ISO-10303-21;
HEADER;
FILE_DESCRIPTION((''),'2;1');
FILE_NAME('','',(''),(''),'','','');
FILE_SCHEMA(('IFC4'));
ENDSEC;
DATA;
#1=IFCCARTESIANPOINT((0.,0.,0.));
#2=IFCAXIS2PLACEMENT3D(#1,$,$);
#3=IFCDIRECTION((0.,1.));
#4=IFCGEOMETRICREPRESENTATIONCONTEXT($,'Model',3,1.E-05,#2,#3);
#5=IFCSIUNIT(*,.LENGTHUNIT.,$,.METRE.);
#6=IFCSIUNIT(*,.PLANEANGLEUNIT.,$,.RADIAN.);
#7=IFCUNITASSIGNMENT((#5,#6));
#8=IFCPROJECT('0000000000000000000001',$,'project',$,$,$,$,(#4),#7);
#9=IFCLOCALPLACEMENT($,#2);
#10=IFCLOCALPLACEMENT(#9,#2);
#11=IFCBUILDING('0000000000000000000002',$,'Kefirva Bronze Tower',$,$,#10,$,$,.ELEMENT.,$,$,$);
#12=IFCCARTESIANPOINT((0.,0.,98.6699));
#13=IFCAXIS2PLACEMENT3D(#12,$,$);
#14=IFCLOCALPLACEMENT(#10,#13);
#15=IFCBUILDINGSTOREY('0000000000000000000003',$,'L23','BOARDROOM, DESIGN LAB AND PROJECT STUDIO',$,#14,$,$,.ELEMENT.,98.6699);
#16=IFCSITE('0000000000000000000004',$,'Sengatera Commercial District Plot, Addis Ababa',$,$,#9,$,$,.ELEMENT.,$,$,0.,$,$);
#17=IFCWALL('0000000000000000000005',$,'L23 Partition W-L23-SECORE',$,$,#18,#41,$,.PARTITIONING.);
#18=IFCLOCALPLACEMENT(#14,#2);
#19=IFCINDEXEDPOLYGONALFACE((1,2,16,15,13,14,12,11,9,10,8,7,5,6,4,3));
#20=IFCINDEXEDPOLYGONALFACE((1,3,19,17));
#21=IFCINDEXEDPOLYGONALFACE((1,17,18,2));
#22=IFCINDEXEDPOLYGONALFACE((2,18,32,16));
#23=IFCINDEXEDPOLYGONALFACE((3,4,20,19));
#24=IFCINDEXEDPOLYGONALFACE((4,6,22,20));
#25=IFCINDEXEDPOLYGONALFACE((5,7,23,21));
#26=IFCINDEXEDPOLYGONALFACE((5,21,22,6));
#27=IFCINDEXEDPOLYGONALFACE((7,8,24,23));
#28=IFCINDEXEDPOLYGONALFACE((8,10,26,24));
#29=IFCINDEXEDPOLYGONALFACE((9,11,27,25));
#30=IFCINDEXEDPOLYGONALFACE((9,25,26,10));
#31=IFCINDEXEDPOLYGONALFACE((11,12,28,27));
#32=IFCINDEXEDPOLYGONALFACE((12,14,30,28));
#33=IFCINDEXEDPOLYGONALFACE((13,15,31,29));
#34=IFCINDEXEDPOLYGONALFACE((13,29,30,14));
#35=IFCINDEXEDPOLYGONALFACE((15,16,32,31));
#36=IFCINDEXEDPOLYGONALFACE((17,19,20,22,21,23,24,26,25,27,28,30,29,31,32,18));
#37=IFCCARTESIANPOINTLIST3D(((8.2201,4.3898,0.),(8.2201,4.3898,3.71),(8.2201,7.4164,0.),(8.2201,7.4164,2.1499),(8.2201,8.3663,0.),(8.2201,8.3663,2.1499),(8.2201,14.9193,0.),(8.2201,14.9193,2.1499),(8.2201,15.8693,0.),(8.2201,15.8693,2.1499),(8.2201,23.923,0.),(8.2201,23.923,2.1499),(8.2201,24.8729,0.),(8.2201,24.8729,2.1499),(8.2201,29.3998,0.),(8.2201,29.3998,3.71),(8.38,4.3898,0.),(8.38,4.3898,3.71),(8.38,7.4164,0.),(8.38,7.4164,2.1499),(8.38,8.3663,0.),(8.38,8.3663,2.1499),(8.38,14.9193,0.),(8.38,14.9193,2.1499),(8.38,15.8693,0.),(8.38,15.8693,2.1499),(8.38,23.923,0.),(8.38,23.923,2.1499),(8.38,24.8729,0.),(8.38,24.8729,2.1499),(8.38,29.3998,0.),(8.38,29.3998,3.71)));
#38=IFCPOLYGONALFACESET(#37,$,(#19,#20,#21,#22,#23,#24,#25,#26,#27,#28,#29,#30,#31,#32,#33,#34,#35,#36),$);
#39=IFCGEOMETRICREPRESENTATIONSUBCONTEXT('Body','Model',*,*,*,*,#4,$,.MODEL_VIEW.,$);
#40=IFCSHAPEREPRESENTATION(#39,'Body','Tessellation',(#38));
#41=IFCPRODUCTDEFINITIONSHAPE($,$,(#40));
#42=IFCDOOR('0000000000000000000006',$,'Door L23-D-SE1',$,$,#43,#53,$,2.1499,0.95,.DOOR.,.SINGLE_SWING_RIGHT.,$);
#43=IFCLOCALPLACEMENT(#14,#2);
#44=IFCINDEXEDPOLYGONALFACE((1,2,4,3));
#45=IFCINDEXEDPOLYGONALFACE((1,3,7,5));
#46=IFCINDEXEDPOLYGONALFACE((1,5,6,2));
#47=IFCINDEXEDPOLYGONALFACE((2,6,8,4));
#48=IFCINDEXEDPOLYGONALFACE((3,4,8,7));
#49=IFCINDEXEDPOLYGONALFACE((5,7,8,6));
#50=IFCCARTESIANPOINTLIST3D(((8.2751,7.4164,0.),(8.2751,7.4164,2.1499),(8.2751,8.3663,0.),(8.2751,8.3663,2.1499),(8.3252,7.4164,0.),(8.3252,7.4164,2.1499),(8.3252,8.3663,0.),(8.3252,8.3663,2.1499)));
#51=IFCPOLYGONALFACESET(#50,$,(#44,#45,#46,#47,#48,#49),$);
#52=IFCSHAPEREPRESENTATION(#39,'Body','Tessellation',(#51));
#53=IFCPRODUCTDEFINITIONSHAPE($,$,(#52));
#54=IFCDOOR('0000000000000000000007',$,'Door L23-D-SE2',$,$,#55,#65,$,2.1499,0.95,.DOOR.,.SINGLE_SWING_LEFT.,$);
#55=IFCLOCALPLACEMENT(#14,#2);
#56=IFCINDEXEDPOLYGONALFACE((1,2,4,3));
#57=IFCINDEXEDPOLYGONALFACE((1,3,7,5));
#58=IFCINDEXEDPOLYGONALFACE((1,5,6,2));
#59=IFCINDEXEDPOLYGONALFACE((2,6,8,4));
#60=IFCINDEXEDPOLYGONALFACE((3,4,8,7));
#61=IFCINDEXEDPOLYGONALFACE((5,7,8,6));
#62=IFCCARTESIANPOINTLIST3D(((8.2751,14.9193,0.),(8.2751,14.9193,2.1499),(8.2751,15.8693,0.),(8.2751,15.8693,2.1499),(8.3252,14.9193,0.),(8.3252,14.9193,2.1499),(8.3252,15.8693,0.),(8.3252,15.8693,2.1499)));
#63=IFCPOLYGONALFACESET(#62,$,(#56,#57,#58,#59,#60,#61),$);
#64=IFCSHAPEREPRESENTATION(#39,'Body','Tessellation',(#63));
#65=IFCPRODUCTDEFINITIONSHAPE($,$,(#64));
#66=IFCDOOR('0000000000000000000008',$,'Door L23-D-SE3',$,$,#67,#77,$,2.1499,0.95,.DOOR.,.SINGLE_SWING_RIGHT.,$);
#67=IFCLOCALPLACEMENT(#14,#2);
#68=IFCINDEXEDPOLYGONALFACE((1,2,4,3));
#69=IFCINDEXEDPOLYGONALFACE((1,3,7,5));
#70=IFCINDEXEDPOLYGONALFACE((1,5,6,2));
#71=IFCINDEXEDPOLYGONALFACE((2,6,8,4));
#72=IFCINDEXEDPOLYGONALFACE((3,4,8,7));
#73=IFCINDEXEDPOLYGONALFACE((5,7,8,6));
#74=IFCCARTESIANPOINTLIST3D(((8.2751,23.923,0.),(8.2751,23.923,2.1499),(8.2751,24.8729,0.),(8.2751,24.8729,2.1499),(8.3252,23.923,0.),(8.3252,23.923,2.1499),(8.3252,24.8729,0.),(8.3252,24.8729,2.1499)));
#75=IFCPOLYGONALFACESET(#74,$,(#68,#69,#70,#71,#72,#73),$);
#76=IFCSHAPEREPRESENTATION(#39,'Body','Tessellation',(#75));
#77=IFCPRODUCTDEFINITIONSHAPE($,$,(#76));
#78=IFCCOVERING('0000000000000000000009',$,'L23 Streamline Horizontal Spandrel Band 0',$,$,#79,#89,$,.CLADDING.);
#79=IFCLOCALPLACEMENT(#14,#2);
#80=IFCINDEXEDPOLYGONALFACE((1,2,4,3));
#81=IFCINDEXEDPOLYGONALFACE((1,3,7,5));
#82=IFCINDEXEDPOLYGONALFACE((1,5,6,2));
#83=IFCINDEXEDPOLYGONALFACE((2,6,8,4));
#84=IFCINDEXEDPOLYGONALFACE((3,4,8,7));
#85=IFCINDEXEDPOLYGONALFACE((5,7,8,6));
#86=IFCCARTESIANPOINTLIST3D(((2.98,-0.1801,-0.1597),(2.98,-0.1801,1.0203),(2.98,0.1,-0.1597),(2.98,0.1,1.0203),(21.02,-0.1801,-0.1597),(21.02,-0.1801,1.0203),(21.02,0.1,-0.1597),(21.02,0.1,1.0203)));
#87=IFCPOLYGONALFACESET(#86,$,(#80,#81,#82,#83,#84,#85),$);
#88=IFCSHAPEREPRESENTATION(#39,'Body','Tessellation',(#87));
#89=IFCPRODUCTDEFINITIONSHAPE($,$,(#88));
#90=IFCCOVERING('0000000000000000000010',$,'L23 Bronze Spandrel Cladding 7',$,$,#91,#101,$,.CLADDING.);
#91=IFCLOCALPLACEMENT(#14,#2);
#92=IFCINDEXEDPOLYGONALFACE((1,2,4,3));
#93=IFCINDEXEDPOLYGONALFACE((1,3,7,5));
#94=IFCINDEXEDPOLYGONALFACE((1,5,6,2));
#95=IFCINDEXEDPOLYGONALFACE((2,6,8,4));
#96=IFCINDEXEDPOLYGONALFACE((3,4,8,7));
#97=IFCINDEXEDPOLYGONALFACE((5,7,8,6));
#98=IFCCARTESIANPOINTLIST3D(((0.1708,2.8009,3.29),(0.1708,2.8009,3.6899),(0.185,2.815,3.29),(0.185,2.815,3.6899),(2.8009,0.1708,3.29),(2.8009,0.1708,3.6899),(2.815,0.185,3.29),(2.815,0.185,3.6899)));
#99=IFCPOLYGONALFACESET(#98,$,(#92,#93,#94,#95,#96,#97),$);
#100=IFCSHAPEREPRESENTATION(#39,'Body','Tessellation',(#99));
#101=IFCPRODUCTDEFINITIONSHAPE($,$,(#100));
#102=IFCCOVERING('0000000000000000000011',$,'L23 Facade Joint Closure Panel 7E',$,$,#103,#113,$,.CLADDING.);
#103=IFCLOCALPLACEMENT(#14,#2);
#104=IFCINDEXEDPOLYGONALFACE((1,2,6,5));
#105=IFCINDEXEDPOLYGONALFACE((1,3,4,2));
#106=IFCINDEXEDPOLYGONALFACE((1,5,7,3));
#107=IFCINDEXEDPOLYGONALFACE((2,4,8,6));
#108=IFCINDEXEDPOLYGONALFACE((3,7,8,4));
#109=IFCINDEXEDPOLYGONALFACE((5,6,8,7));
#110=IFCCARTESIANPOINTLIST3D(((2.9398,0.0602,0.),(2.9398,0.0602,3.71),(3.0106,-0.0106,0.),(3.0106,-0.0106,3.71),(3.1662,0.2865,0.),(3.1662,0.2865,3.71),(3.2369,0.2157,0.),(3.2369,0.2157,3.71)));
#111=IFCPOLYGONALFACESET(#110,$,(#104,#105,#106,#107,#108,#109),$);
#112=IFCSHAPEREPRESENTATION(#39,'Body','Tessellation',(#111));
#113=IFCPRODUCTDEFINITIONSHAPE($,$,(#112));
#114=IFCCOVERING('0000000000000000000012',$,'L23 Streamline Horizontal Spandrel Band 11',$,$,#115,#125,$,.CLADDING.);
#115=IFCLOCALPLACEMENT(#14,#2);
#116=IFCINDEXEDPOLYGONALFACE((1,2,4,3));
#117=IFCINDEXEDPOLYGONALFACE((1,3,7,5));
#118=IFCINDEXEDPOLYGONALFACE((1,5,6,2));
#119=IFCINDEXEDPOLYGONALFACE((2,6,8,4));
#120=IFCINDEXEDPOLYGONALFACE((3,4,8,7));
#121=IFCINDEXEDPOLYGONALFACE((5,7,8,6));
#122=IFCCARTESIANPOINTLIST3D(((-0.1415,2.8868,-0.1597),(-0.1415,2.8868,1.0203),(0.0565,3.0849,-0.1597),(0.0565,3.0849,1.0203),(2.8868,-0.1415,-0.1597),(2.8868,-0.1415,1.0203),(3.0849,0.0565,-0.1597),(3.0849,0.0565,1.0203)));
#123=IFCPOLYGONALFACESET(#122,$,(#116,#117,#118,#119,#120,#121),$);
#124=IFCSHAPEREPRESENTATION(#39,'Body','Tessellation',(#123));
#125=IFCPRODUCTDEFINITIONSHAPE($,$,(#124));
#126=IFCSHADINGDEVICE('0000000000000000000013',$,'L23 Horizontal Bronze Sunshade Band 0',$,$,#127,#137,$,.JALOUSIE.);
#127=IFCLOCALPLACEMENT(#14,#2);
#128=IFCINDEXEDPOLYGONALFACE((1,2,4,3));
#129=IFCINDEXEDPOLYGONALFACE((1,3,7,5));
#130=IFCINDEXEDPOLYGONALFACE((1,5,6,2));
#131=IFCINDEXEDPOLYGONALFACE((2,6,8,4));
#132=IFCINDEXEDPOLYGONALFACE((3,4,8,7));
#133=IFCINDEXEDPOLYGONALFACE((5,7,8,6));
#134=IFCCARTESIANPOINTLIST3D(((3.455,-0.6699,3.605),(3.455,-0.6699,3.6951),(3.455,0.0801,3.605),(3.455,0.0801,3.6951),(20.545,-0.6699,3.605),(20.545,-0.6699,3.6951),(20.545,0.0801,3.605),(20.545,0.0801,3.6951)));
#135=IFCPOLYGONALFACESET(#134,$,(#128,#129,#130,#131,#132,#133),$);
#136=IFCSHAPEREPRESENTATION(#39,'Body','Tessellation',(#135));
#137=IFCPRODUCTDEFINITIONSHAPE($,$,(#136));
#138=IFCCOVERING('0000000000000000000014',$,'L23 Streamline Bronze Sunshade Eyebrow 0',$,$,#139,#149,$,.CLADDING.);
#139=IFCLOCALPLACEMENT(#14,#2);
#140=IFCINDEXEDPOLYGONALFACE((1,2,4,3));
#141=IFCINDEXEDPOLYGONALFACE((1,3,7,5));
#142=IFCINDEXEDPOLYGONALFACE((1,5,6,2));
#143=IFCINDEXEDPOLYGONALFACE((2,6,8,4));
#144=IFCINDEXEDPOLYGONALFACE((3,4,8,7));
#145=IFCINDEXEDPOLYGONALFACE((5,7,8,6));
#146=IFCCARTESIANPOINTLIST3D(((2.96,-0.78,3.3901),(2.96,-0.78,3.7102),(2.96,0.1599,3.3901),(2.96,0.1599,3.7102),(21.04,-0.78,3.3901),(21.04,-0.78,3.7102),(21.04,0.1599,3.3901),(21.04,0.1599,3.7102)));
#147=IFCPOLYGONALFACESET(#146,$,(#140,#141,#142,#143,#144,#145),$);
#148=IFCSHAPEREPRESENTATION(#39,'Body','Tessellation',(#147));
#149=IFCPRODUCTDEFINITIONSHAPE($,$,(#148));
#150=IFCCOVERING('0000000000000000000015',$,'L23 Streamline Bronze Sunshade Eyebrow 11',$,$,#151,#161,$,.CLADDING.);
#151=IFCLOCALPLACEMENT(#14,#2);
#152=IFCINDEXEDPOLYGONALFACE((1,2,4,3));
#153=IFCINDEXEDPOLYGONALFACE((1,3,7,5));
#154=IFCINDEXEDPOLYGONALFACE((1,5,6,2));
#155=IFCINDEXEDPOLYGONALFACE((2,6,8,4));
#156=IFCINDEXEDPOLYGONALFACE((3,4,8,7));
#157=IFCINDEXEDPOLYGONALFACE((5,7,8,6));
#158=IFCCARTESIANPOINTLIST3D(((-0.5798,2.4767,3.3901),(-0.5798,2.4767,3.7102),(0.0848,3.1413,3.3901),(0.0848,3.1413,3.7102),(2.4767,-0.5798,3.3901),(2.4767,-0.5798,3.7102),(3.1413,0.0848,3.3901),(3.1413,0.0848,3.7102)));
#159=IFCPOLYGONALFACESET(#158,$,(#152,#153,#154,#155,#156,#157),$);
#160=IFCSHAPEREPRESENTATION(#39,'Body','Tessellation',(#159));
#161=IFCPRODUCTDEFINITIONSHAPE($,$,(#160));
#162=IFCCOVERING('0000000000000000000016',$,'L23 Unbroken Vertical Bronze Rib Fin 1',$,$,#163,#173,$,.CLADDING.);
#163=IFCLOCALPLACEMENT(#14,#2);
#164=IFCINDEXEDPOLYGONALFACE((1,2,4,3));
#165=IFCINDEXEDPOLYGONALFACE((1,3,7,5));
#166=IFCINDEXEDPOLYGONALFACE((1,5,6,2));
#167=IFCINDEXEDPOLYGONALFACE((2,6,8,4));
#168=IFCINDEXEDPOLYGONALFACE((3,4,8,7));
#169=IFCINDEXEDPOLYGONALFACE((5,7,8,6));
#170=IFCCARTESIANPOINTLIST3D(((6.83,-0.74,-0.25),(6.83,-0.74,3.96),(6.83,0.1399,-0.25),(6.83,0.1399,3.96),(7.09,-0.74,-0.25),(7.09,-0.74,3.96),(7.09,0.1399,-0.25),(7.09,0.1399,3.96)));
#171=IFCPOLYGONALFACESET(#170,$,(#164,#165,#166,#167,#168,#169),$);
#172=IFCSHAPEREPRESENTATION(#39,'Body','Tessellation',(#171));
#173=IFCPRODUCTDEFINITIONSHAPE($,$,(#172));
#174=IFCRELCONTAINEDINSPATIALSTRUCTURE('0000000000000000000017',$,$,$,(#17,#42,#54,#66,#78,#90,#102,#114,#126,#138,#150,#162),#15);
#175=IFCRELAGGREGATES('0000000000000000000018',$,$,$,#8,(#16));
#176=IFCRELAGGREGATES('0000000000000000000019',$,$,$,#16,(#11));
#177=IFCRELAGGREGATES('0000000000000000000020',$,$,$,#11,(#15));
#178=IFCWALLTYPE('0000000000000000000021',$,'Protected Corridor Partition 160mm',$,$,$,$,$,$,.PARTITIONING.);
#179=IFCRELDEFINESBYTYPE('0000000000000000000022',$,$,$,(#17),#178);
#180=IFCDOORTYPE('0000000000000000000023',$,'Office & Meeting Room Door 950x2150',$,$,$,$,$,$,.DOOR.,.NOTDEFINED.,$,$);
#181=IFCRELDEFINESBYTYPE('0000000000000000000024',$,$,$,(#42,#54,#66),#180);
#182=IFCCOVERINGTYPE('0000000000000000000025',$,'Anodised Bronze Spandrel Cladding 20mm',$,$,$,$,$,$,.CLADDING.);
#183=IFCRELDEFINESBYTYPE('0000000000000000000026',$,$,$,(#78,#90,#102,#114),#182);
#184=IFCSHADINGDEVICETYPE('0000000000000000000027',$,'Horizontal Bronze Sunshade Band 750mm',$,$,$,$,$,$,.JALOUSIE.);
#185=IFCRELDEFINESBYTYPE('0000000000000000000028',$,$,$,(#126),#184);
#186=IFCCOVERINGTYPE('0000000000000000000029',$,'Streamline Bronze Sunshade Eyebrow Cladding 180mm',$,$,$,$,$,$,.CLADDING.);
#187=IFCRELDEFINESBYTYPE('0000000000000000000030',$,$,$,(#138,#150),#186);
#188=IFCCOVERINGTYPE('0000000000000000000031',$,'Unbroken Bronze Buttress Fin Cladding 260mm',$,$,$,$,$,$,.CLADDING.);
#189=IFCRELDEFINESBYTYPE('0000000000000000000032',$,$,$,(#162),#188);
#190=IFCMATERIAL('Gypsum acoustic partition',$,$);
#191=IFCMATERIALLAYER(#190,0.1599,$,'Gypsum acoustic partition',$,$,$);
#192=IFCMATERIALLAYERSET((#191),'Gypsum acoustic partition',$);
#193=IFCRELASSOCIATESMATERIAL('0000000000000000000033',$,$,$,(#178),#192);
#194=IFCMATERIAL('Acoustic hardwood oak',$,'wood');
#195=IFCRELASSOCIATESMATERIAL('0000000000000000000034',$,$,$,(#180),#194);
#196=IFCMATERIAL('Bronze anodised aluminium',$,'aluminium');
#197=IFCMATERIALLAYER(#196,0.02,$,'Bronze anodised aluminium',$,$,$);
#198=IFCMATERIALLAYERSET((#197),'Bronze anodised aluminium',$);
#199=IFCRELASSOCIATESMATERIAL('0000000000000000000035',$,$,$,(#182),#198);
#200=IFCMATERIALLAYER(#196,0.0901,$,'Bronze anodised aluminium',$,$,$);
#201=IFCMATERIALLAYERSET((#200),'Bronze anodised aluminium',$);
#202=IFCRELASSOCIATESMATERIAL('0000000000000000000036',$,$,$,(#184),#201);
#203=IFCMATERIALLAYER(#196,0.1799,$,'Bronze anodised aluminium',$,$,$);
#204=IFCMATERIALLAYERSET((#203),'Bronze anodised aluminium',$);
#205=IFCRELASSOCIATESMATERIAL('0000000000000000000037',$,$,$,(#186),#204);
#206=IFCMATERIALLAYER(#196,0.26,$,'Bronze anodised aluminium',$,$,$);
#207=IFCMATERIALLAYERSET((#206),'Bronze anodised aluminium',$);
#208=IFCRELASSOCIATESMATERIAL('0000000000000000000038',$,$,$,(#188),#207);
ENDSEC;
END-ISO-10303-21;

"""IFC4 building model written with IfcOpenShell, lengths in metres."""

from ifc_helpers import new_model, si_unit, direction, frame, frame_2d, origin, origin_2d, place, context, subcontext, project, spatial, rectangle, extrude, material, layer, layer_set, type_object, element, fill, save


model = new_model("IFC4")

# Units and contexts
model_context = context("Model", 3, precision=1e-05, world=origin(), true_north=direction((0.0, 1.0)))
body_context = subcontext(model_context, "Body", "Model", "MODEL_VIEW")
ifc_project = project(units=[si_unit("LENGTHUNIT", "METRE"), si_unit("PLANEANGLEUNIT", "RADIAN")], contexts=[model_context])

# Site, building, storey
site_placement = place(None, origin())
site = spatial("IfcSite", under=ifc_project, at=site_placement, Name="Sengatera Commercial District Plot, Addis Ababa", CompositionType="ELEMENT", RefElevation=0.0)
building_placement = place(site_placement, origin())
building = spatial("IfcBuilding", under=site, at=building_placement, Name="Kefirva Bronze Tower", CompositionType="ELEMENT")
storey_placement = place(building_placement, frame((0.0, 0.0, 98.6699)))
storey = spatial("IfcBuildingStorey", under=building, at=storey_placement, Name="L23", Description="BOARDROOM, DESIGN LAB AND PROJECT STUDIO", CompositionType="ELEMENT", Elevation=98.6699)

# Shared definitions
ifc_material_1 = material(Name="Bronze anodised aluminium", Category="aluminium")

# Shared definitions
ifc_material_2 = material(Name="Gypsum acoustic partition")

# Wall, openings, doors
ifc_layer_1 = layer(ifc_material_2, 0.1599, Name="Gypsum acoustic partition")
ifc_layer_set_1 = layer_set([ifc_layer_1], Name="Gypsum acoustic partition")
wall_type_1 = type_object("IfcWallType", Name="Protected Corridor Partition 160mm", PredefinedType="PARTITIONING", material=ifc_layer_set_1)
ifc_material_3 = material(Name="Acoustic hardwood oak", Category="wood")
door_type = type_object("IfcDoorType", Name="Office & Meeting Room Door 950x2150", OperationType="NOTDEFINED", PredefinedType="DOOR", material=ifc_material_3)
wall_1_placement = place(storey_placement, frame((8.3, 4.3899, 0.0), z_axis=(0.0, 0.0, 1.0), x_axis=(0.0, 1.0, 0.0)))
wall_1 = element("IfcWall", 1, at=wall_1_placement, inside=storey, type_object=wall_type_1, Name="L23 Partition W-L23-SECORE", PredefinedType="PARTITIONING", context=body_context, shape_type="SweptSolid", body=[
    extrude(rectangle(XDim=25.01, YDim=0.1599, at=frame_2d((12.5049, 0.0))), origin(), (0.0, 0.0, 1.0), 3.71),
])
opening_1_placement = place(wall_1_placement, frame((3.0264, 0.0, 0.0)))
opening_1 = element("IfcOpeningElement", 2, at=opening_1_placement, cuts=wall_1, PredefinedType="OPENING", context=body_context, shape_type="SweptSolid", body=[
    extrude(rectangle(XDim=0.95, YDim=2.1499, at=frame_2d((0.4751, 1.075))), frame((0.0, 0.0898, 0.0), z_axis=(0.0, -1.0, 0.0), x_axis=(1.0, 0.0, 0.0)), (0.0, 0.0, 1.0), 0.1799),
])
opening_2_placement = place(wall_1_placement, frame((10.5293, 0.0, 0.0)))
opening_2 = element("IfcOpeningElement", 3, at=opening_2_placement, cuts=wall_1, PredefinedType="OPENING", context=body_context, shape_type="SweptSolid", body=[
    extrude(rectangle(XDim=0.95, YDim=2.1499, at=frame_2d((0.4751, 1.075))), frame((0.0, 0.0898, 0.0), z_axis=(0.0, -1.0, 0.0), x_axis=(1.0, 0.0, 0.0)), (0.0, 0.0, 1.0), 0.1799),
])
opening_3_placement = place(wall_1_placement, frame((19.533, 0.0, 0.0)))
opening_3 = element("IfcOpeningElement", 4, at=opening_3_placement, cuts=wall_1, PredefinedType="OPENING", context=body_context, shape_type="SweptSolid", body=[
    extrude(rectangle(XDim=0.95, YDim=2.1499, at=frame_2d((0.4751, 1.075))), frame((0.0, 0.0898, 0.0), z_axis=(0.0, -1.0, 0.0), x_axis=(1.0, 0.0, 0.0)), (0.0, 0.0, 1.0), 0.1799),
])
door_1_placement = place(opening_1_placement, origin())
door_1 = element("IfcDoor", 5, at=door_1_placement, inside=storey, type_object=door_type, Name="Door L23-D-SE1", OperationType="SINGLE_SWING_RIGHT", OverallHeight=2.1499, OverallWidth=0.95, PredefinedType="DOOR", context=body_context, shape_type="SweptSolid", body=[
    extrude(rectangle(XDim=0.95, YDim=2.1499, at=frame_2d((0.4751, 1.075))), frame((0.0, 0.0249, 0.0), z_axis=(0.0, -1.0, 0.0), x_axis=(1.0, 0.0, 0.0)), (0.0, 0.0, 1.0), 0.05),
])
fill(opening_1, door_1)
door_2_placement = place(opening_2_placement, origin())
door_2 = element("IfcDoor", 6, at=door_2_placement, inside=storey, type_object=door_type, Name="Door L23-D-SE2", OperationType="SINGLE_SWING_LEFT", OverallHeight=2.1499, OverallWidth=0.95, PredefinedType="DOOR", context=body_context, shape_type="SweptSolid", body=[
    extrude(rectangle(XDim=0.95, YDim=2.1499, at=frame_2d((0.4751, 1.075))), frame((0.0, 0.0249, 0.0), z_axis=(0.0, -1.0, 0.0), x_axis=(1.0, 0.0, 0.0)), (0.0, 0.0, 1.0), 0.05),
])
fill(opening_2, door_2)
door_3_placement = place(opening_3_placement, origin())
door_3 = element("IfcDoor", 7, at=door_3_placement, inside=storey, type_object=door_type, Name="Door L23-D-SE3", OperationType="SINGLE_SWING_RIGHT", OverallHeight=2.1499, OverallWidth=0.95, PredefinedType="DOOR", context=body_context, shape_type="SweptSolid", body=[
    extrude(rectangle(XDim=0.95, YDim=2.1499, at=frame_2d((0.4751, 1.075))), frame((0.0, 0.0249, 0.0), z_axis=(0.0, -1.0, 0.0), x_axis=(1.0, 0.0, 0.0)), (0.0, 0.0, 1.0), 0.05),
])
fill(opening_3, door_3)

# Coverings
ifc_layer_2 = layer(ifc_material_1, 0.02, Name="Bronze anodised aluminium")
ifc_layer_set_2 = layer_set([ifc_layer_2], Name="Bronze anodised aluminium")
covering_type_1 = type_object("IfcCoveringType", Name="Anodised Bronze Spandrel Cladding 20mm", PredefinedType="CLADDING", material=ifc_layer_set_2)
covering_1_placement = place(storey_placement, frame((12.0, -0.04, -0.1597), z_axis=(0.0, 0.0, 1.0), x_axis=(1.0, 0.0, 0.0)))
element("IfcCovering", 8, at=covering_1_placement, inside=storey, type_object=covering_type_1, Name="L23 Streamline Horizontal Spandrel Band 0", PredefinedType="CLADDING", context=body_context, shape_type="SweptSolid", body=[
    extrude(rectangle(XDim=18.04, YDim=0.28, at=origin_2d()), origin(), (0.0, 0.0, 1.0), 1.1799),
])
covering_2_placement = place(storey_placement, frame((1.4929, 1.4929, 3.29), z_axis=(0.0, 0.0, 1.0), x_axis=(0.707107, -0.707107, 0.0)))
element("IfcCovering", 9, at=covering_2_placement, inside=storey, type_object=covering_type_1, Name="L23 Bronze Spandrel Cladding 7", PredefinedType="CLADDING", context=body_context, shape_type="SweptSolid", body=[
    extrude(rectangle(XDim=3.7195, YDim=0.02, at=origin_2d()), origin(), (0.0, 0.0, 1.0), 0.3999),
])
covering_3_placement = place(storey_placement, frame((3.0884, 0.1379, 0.0), z_axis=(0.0, 0.0, 1.0), x_axis=(0.707107, -0.707107, 0.0)))
element("IfcCovering", 10, at=covering_3_placement, inside=storey, type_object=covering_type_1, Name="L23 Facade Joint Closure Panel 7E", PredefinedType="CLADDING", context=body_context, shape_type="SweptSolid", body=[
    extrude(rectangle(XDim=0.1001, YDim=0.3201, at=origin_2d()), origin(), (0.0, 0.0, 1.0), 3.71),
])
covering_4_placement = place(storey_placement, frame((1.4717, 1.4717, -0.1597), z_axis=(0.0, 0.0, 1.0), x_axis=(0.707107, -0.707107, 0.0)))
element("IfcCovering", 11, at=covering_4_placement, inside=storey, type_object=covering_type_1, Name="L23 Streamline Horizontal Spandrel Band 11", PredefinedType="CLADDING", context=body_context, shape_type="SweptSolid", body=[
    extrude(rectangle(XDim=4.2827, YDim=0.28, at=origin_2d()), origin(), (0.0, 0.0, 1.0), 1.1799),
])

# Shading device
ifc_layer_3 = layer(ifc_material_1, 0.0901, Name="Bronze anodised aluminium")
ifc_layer_set_3 = layer_set([ifc_layer_3], Name="Bronze anodised aluminium")
shading_device_type = type_object("IfcShadingDeviceType", Name="Horizontal Bronze Sunshade Band 750mm", PredefinedType="JALOUSIE", material=ifc_layer_set_3)
shading_device_placement = place(storey_placement, frame((12.0, -0.2949, 3.605), z_axis=(0.0, 0.0, 1.0), x_axis=(1.0, 0.0, 0.0)))
element("IfcShadingDevice", 12, at=shading_device_placement, inside=storey, type_object=shading_device_type, Name="L23 Horizontal Bronze Sunshade Band 0", PredefinedType="JALOUSIE", context=body_context, shape_type="SweptSolid", body=[
    extrude(rectangle(XDim=17.0901, YDim=0.75, at=origin_2d()), origin(), (0.0, 0.0, 1.0), 0.0901),
])

# Coverings
ifc_layer_4 = layer(ifc_material_1, 0.1799, Name="Bronze anodised aluminium")
ifc_layer_set_4 = layer_set([ifc_layer_4], Name="Bronze anodised aluminium")
covering_type_2 = type_object("IfcCoveringType", Name="Streamline Bronze Sunshade Eyebrow Cladding 180mm", PredefinedType="CLADDING", material=ifc_layer_set_4)
covering_5_placement = place(storey_placement, frame((12.0, -0.3101, 3.3901), z_axis=(0.0, 0.0, 1.0), x_axis=(1.0, 0.0, 0.0)))
element("IfcCovering", 13, at=covering_5_placement, inside=storey, type_object=covering_type_2, Name="L23 Streamline Bronze Sunshade Eyebrow 0", PredefinedType="CLADDING", context=body_context, shape_type="SweptSolid", body=[
    extrude(rectangle(XDim=18.0801, YDim=0.9399, at=origin_2d()), origin(), (0.0, 0.0, 1.0), 0.3201),
])
covering_6_placement = place(storey_placement, frame((1.2808, 1.2808, 3.3901), z_axis=(0.0, 0.0, 1.0), x_axis=(0.707107, -0.707107, 0.0)))
element("IfcCovering", 14, at=covering_6_placement, inside=storey, type_object=covering_type_2, Name="L23 Streamline Bronze Sunshade Eyebrow 11", PredefinedType="CLADDING", context=body_context, shape_type="SweptSolid", body=[
    extrude(rectangle(XDim=4.3225, YDim=0.9399, at=origin_2d()), origin(), (0.0, 0.0, 1.0), 0.3201),
])
ifc_layer_5 = layer(ifc_material_1, 0.26, Name="Bronze anodised aluminium")
ifc_layer_set_5 = layer_set([ifc_layer_5], Name="Bronze anodised aluminium")
covering_type_3 = type_object("IfcCoveringType", Name="Unbroken Bronze Buttress Fin Cladding 260mm", PredefinedType="CLADDING", material=ifc_layer_set_5)
for number, where, z_axis, x_axis, name in (
    (15, (6.96, -0.3, -0.25), (0.0, 0.0, 1.0), (1.0, 0.0, 0.0), "L23 Unbroken Vertical Bronze Rib Fin 1"),
):
    element("IfcCovering", number, at=place(storey_placement, frame(where, z_axis=z_axis, x_axis=x_axis)), inside=storey, type_object=covering_type_3, Name=name, PredefinedType="CLADDING", context=body_context, shape_type="SweptSolid", body=[
        extrude(rectangle(XDim=0.26, YDim=0.8799, at=origin_2d()), origin(), (0.0, 0.0, 1.0), 4.21),
    ])

save(model, "model.ifc")
